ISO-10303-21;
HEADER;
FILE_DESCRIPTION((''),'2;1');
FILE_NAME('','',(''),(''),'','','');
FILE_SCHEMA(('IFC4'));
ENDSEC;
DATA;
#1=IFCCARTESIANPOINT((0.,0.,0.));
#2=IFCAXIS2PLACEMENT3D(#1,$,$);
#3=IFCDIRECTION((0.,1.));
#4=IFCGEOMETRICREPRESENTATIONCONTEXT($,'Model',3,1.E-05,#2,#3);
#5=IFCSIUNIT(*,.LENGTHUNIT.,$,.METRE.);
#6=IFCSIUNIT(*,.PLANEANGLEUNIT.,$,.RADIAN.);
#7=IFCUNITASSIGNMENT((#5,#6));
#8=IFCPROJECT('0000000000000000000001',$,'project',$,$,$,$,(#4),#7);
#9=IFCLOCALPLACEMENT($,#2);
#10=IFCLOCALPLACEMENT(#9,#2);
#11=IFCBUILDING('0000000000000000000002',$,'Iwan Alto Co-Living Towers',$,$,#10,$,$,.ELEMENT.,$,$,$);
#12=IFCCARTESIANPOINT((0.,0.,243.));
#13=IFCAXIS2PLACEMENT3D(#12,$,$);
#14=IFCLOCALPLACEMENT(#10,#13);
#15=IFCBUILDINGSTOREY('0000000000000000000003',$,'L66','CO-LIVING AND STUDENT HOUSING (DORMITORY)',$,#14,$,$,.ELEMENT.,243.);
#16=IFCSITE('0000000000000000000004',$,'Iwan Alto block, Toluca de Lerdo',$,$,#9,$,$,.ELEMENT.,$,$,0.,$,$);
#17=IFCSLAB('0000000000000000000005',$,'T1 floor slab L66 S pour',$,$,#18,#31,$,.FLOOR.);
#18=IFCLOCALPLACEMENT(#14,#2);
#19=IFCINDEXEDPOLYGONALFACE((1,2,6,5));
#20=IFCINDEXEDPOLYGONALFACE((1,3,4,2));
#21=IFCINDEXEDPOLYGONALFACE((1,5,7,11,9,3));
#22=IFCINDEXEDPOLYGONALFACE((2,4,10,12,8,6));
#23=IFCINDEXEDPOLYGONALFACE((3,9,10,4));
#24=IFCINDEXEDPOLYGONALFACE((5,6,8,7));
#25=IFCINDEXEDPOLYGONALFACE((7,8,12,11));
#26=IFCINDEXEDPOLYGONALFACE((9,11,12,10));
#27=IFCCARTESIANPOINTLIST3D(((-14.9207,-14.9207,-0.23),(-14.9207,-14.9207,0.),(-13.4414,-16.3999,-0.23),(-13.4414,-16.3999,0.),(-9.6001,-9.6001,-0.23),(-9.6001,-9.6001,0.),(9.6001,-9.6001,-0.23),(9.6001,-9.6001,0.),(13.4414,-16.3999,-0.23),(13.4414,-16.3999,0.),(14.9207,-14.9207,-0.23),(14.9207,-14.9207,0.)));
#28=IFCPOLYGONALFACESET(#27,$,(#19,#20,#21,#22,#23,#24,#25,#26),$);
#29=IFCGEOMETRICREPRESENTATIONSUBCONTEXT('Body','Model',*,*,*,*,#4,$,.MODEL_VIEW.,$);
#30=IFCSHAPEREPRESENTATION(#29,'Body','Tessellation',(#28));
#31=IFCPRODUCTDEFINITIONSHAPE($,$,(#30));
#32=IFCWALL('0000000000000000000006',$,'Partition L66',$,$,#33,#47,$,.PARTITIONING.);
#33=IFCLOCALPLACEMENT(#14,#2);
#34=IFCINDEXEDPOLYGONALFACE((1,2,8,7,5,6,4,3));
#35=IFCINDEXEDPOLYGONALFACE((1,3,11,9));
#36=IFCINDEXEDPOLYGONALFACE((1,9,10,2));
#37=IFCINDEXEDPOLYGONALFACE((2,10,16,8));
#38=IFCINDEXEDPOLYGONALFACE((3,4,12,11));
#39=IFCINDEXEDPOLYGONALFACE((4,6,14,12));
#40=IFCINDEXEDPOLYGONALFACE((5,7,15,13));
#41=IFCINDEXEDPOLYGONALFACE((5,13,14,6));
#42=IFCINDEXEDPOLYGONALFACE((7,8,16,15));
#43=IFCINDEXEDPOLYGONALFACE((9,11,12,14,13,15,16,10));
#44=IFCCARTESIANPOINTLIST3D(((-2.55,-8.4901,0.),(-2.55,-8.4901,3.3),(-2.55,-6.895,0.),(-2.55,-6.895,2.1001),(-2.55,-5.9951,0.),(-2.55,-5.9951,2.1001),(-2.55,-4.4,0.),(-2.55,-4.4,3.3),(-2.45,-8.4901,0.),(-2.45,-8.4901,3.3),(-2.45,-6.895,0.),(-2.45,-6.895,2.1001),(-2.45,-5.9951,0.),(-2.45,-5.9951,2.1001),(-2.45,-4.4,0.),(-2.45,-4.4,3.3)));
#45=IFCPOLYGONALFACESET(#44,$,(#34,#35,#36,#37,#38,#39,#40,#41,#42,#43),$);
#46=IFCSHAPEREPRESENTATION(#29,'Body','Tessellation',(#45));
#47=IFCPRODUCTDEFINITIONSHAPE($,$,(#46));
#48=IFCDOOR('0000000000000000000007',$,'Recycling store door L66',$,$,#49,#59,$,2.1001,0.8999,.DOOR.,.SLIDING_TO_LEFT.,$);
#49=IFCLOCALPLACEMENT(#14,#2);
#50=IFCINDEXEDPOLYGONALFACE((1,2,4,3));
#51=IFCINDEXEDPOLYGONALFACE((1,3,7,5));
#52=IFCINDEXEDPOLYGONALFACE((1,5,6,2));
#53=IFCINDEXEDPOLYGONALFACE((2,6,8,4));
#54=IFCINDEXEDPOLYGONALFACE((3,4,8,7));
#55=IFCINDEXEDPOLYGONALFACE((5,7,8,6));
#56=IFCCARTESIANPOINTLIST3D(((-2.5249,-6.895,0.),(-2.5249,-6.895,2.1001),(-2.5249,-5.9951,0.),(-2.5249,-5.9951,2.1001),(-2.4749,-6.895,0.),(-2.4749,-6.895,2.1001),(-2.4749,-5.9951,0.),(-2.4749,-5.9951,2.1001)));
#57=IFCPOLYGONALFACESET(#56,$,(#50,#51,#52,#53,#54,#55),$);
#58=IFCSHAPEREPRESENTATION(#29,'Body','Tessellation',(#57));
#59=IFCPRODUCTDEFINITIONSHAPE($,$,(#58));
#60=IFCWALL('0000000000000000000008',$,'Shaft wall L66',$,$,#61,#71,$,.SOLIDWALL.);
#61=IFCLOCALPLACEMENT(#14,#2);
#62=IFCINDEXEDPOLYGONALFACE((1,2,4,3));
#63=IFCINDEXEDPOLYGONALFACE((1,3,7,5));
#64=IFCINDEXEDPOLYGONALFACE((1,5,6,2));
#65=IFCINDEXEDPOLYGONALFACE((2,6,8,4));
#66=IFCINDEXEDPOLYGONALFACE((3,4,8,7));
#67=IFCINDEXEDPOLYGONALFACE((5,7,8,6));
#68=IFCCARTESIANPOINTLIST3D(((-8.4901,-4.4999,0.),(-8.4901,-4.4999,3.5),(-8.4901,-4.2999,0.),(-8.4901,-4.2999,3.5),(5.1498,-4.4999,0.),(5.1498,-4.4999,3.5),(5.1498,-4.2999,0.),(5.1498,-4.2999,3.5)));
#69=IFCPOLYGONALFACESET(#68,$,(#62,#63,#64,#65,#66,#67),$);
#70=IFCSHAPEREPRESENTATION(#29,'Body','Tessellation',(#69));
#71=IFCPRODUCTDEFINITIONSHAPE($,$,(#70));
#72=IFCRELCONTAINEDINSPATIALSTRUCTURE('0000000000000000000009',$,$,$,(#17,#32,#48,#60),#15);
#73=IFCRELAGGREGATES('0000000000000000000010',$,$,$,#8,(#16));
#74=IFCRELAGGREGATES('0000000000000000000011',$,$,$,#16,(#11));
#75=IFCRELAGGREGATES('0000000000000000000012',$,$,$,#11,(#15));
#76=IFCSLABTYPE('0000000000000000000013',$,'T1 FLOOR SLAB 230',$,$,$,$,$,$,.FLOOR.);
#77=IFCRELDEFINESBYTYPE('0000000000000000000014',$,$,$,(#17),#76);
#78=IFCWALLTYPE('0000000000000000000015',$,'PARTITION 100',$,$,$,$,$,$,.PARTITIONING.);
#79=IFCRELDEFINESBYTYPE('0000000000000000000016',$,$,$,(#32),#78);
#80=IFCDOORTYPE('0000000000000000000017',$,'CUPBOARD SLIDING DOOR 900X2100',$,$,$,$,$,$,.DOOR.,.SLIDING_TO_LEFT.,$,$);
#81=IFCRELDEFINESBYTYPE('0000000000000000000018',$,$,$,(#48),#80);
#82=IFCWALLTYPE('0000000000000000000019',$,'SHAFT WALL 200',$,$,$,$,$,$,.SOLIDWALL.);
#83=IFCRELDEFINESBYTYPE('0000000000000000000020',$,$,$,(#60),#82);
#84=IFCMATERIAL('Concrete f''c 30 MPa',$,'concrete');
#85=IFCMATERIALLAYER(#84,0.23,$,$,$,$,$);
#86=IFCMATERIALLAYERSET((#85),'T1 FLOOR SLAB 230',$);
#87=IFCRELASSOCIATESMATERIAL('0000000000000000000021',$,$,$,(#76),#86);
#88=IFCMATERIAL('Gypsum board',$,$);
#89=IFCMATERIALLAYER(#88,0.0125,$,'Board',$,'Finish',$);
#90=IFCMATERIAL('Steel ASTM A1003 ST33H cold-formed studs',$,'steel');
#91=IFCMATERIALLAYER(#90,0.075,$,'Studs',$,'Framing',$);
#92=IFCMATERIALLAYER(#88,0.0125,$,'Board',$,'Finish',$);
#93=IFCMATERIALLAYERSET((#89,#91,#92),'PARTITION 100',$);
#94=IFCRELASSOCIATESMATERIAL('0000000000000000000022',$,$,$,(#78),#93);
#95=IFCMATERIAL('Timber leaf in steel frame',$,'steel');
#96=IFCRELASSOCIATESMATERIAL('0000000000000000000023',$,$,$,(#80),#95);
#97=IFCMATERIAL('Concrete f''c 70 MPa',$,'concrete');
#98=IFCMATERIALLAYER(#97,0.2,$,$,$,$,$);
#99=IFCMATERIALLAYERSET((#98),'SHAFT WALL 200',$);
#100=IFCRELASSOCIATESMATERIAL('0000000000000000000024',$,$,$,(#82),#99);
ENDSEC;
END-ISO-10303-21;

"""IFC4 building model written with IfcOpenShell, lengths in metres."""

from ifc_helpers import new_model, si_unit, direction, frame, frame_2d, origin, place, context, subcontext, project, spatial, polyline, rectangle, outline, extrude, material, layer, layer_set, type_object, element, fill, save


model = new_model("IFC4")

# Units and contexts
model_context = context("Model", 3, precision=1e-05, world=origin(), true_north=direction((0.0, 1.0)))
body_context = subcontext(model_context, "Body", "Model", "MODEL_VIEW")
ifc_project = project(units=[si_unit("LENGTHUNIT", "METRE"), si_unit("PLANEANGLEUNIT", "RADIAN")], contexts=[model_context])

# Site, building, storey
site_placement = place(None, origin())
site = spatial("IfcSite", under=ifc_project, at=site_placement, Name="Iwan Alto block, Toluca de Lerdo", CompositionType="ELEMENT", RefElevation=0.0)
building_placement = place(site_placement, origin())
building = spatial("IfcBuilding", under=site, at=building_placement, Name="Iwan Alto Co-Living Towers", CompositionType="ELEMENT")
storey_placement = place(building_placement, frame((0.0, 0.0, 243.0)))
storey = spatial("IfcBuildingStorey", under=building, at=storey_placement, Name="L66", Description="CO-LIVING AND STUDENT HOUSING (DORMITORY)", CompositionType="ELEMENT", Elevation=243.0)

# Slab
ifc_material_1 = material(Name="Concrete f'c 30 MPa", Category="concrete")
ifc_layer_1 = layer(ifc_material_1, 0.23)
ifc_layer_set_1 = layer_set([ifc_layer_1], Name="T1 FLOOR SLAB 230")
slab_type = type_object("IfcSlabType", Name="T1 FLOOR SLAB 230", PredefinedType="FLOOR", material=ifc_layer_set_1)
slab_placement = place(storey_placement, frame((0.0, 0.0, -0.23)))
element("IfcSlab", 1, at=slab_placement, inside=storey, type_object=slab_type, Name="T1 floor slab L66 S pour", PredefinedType="FLOOR", context=body_context, shape_type="SweptSolid", body=[
    extrude(outline(polyline([(13.4414, -16.3999), (-13.4414, -16.3999), (-14.9207, -14.9207), (-9.6001, -9.6001), (9.6001, -9.6001), (14.9207, -14.9207), (13.4414, -16.3999)])), origin(), (0.0, 0.0, 1.0), 0.23),
])

# Wall, opening, door
ifc_material_2 = material(Name="Gypsum board")
ifc_layer_2 = layer(ifc_material_2, 0.0125, Name="Board", Category="Finish")
ifc_material_3 = material(Name="Steel ASTM A1003 ST33H cold-formed studs", Category="steel")
ifc_layer_3 = layer(ifc_material_3, 0.075, Name="Studs", Category="Framing")
ifc_layer_4 = layer(ifc_material_2, 0.0125, Name="Board", Category="Finish")
ifc_layer_set_2 = layer_set([ifc_layer_2, ifc_layer_3, ifc_layer_4], Name="PARTITION 100")
wall_type_1 = type_object("IfcWallType", Name="PARTITION 100", PredefinedType="PARTITIONING", material=ifc_layer_set_2)
wall_1_placement = place(storey_placement, frame((-2.5, -8.49, 0.0), z_axis=(0.0, 0.0, 1.0), x_axis=(0.0, 1.0, 0.0)))
wall_1 = element("IfcWall", 2, at=wall_1_placement, inside=storey, type_object=wall_type_1, Name="Partition L66", PredefinedType="PARTITIONING", context=body_context, shape_type="SweptSolid", body=[
    extrude(rectangle(XDim=4.0901, YDim=0.1001, at=frame_2d((2.0449, 0.0))), origin(), (0.0, 0.0, 1.0), 3.3),
])
opening_1_placement = place(wall_1_placement, frame((1.595, 0.0, 0.0)))
opening_1 = element("IfcOpeningElement", 3, at=opening_1_placement, cuts=wall_1, PredefinedType="OPENING", context=body_context, shape_type="SweptSolid", body=[
    extrude(rectangle(XDim=0.8999, YDim=2.1001, at=frame_2d((0.45, 1.05))), frame((0.0, 0.0601, 0.0), z_axis=(0.0, -1.0, 0.0), x_axis=(1.0, 0.0, 0.0)), (0.0, 0.0, 1.0), 0.1201),
])
ifc_material_4 = material(Name="Timber leaf in steel frame", Category="steel")
door_type_1 = type_object("IfcDoorType", Name="CUPBOARD SLIDING DOOR 900X2100", OperationType="SLIDING_TO_LEFT", PredefinedType="DOOR", material=ifc_material_4)
door_1_placement = place(opening_1_placement, origin())
door_1 = element("IfcDoor", 4, at=door_1_placement, inside=storey, type_object=door_type_1, Name="Recycling store door L66", OperationType="SLIDING_TO_LEFT", OverallHeight=2.1001, OverallWidth=0.8999, PredefinedType="DOOR", context=body_context, shape_type="SweptSolid", body=[
    extrude(rectangle(XDim=0.8999, YDim=2.1001, at=frame_2d((0.45, 1.05))), frame((0.0, 0.0249, 0.0), z_axis=(0.0, -1.0, 0.0), x_axis=(1.0, 0.0, 0.0)), (0.0, 0.0, 1.0), 0.05),
])
fill(opening_1, door_1)

# Wall
ifc_material_5 = material(Name="Concrete f'c 70 MPa", Category="concrete")
ifc_layer_5 = layer(ifc_material_5, 0.2)
ifc_layer_set_3 = layer_set([ifc_layer_5], Name="SHAFT WALL 200")
wall_type_2 = type_object("IfcWallType", Name="SHAFT WALL 200", PredefinedType="SOLIDWALL", material=ifc_layer_set_3)
wall_2_placement = place(storey_placement, frame((-8.49, -4.3999, 0.0), z_axis=(0.0, 0.0, 1.0), x_axis=(1.0, 0.0, 0.0)))
element("IfcWall", 5, at=wall_2_placement, inside=storey, type_object=wall_type_2, Name="Shaft wall L66", PredefinedType="SOLIDWALL", context=body_context, shape_type="SweptSolid", body=[
    extrude(rectangle(XDim=13.6399, YDim=0.2, at=frame_2d((6.8198, 0.0))), origin(), (0.0, 0.0, 1.0), 3.5),
])

save(model, "model.ifc")
